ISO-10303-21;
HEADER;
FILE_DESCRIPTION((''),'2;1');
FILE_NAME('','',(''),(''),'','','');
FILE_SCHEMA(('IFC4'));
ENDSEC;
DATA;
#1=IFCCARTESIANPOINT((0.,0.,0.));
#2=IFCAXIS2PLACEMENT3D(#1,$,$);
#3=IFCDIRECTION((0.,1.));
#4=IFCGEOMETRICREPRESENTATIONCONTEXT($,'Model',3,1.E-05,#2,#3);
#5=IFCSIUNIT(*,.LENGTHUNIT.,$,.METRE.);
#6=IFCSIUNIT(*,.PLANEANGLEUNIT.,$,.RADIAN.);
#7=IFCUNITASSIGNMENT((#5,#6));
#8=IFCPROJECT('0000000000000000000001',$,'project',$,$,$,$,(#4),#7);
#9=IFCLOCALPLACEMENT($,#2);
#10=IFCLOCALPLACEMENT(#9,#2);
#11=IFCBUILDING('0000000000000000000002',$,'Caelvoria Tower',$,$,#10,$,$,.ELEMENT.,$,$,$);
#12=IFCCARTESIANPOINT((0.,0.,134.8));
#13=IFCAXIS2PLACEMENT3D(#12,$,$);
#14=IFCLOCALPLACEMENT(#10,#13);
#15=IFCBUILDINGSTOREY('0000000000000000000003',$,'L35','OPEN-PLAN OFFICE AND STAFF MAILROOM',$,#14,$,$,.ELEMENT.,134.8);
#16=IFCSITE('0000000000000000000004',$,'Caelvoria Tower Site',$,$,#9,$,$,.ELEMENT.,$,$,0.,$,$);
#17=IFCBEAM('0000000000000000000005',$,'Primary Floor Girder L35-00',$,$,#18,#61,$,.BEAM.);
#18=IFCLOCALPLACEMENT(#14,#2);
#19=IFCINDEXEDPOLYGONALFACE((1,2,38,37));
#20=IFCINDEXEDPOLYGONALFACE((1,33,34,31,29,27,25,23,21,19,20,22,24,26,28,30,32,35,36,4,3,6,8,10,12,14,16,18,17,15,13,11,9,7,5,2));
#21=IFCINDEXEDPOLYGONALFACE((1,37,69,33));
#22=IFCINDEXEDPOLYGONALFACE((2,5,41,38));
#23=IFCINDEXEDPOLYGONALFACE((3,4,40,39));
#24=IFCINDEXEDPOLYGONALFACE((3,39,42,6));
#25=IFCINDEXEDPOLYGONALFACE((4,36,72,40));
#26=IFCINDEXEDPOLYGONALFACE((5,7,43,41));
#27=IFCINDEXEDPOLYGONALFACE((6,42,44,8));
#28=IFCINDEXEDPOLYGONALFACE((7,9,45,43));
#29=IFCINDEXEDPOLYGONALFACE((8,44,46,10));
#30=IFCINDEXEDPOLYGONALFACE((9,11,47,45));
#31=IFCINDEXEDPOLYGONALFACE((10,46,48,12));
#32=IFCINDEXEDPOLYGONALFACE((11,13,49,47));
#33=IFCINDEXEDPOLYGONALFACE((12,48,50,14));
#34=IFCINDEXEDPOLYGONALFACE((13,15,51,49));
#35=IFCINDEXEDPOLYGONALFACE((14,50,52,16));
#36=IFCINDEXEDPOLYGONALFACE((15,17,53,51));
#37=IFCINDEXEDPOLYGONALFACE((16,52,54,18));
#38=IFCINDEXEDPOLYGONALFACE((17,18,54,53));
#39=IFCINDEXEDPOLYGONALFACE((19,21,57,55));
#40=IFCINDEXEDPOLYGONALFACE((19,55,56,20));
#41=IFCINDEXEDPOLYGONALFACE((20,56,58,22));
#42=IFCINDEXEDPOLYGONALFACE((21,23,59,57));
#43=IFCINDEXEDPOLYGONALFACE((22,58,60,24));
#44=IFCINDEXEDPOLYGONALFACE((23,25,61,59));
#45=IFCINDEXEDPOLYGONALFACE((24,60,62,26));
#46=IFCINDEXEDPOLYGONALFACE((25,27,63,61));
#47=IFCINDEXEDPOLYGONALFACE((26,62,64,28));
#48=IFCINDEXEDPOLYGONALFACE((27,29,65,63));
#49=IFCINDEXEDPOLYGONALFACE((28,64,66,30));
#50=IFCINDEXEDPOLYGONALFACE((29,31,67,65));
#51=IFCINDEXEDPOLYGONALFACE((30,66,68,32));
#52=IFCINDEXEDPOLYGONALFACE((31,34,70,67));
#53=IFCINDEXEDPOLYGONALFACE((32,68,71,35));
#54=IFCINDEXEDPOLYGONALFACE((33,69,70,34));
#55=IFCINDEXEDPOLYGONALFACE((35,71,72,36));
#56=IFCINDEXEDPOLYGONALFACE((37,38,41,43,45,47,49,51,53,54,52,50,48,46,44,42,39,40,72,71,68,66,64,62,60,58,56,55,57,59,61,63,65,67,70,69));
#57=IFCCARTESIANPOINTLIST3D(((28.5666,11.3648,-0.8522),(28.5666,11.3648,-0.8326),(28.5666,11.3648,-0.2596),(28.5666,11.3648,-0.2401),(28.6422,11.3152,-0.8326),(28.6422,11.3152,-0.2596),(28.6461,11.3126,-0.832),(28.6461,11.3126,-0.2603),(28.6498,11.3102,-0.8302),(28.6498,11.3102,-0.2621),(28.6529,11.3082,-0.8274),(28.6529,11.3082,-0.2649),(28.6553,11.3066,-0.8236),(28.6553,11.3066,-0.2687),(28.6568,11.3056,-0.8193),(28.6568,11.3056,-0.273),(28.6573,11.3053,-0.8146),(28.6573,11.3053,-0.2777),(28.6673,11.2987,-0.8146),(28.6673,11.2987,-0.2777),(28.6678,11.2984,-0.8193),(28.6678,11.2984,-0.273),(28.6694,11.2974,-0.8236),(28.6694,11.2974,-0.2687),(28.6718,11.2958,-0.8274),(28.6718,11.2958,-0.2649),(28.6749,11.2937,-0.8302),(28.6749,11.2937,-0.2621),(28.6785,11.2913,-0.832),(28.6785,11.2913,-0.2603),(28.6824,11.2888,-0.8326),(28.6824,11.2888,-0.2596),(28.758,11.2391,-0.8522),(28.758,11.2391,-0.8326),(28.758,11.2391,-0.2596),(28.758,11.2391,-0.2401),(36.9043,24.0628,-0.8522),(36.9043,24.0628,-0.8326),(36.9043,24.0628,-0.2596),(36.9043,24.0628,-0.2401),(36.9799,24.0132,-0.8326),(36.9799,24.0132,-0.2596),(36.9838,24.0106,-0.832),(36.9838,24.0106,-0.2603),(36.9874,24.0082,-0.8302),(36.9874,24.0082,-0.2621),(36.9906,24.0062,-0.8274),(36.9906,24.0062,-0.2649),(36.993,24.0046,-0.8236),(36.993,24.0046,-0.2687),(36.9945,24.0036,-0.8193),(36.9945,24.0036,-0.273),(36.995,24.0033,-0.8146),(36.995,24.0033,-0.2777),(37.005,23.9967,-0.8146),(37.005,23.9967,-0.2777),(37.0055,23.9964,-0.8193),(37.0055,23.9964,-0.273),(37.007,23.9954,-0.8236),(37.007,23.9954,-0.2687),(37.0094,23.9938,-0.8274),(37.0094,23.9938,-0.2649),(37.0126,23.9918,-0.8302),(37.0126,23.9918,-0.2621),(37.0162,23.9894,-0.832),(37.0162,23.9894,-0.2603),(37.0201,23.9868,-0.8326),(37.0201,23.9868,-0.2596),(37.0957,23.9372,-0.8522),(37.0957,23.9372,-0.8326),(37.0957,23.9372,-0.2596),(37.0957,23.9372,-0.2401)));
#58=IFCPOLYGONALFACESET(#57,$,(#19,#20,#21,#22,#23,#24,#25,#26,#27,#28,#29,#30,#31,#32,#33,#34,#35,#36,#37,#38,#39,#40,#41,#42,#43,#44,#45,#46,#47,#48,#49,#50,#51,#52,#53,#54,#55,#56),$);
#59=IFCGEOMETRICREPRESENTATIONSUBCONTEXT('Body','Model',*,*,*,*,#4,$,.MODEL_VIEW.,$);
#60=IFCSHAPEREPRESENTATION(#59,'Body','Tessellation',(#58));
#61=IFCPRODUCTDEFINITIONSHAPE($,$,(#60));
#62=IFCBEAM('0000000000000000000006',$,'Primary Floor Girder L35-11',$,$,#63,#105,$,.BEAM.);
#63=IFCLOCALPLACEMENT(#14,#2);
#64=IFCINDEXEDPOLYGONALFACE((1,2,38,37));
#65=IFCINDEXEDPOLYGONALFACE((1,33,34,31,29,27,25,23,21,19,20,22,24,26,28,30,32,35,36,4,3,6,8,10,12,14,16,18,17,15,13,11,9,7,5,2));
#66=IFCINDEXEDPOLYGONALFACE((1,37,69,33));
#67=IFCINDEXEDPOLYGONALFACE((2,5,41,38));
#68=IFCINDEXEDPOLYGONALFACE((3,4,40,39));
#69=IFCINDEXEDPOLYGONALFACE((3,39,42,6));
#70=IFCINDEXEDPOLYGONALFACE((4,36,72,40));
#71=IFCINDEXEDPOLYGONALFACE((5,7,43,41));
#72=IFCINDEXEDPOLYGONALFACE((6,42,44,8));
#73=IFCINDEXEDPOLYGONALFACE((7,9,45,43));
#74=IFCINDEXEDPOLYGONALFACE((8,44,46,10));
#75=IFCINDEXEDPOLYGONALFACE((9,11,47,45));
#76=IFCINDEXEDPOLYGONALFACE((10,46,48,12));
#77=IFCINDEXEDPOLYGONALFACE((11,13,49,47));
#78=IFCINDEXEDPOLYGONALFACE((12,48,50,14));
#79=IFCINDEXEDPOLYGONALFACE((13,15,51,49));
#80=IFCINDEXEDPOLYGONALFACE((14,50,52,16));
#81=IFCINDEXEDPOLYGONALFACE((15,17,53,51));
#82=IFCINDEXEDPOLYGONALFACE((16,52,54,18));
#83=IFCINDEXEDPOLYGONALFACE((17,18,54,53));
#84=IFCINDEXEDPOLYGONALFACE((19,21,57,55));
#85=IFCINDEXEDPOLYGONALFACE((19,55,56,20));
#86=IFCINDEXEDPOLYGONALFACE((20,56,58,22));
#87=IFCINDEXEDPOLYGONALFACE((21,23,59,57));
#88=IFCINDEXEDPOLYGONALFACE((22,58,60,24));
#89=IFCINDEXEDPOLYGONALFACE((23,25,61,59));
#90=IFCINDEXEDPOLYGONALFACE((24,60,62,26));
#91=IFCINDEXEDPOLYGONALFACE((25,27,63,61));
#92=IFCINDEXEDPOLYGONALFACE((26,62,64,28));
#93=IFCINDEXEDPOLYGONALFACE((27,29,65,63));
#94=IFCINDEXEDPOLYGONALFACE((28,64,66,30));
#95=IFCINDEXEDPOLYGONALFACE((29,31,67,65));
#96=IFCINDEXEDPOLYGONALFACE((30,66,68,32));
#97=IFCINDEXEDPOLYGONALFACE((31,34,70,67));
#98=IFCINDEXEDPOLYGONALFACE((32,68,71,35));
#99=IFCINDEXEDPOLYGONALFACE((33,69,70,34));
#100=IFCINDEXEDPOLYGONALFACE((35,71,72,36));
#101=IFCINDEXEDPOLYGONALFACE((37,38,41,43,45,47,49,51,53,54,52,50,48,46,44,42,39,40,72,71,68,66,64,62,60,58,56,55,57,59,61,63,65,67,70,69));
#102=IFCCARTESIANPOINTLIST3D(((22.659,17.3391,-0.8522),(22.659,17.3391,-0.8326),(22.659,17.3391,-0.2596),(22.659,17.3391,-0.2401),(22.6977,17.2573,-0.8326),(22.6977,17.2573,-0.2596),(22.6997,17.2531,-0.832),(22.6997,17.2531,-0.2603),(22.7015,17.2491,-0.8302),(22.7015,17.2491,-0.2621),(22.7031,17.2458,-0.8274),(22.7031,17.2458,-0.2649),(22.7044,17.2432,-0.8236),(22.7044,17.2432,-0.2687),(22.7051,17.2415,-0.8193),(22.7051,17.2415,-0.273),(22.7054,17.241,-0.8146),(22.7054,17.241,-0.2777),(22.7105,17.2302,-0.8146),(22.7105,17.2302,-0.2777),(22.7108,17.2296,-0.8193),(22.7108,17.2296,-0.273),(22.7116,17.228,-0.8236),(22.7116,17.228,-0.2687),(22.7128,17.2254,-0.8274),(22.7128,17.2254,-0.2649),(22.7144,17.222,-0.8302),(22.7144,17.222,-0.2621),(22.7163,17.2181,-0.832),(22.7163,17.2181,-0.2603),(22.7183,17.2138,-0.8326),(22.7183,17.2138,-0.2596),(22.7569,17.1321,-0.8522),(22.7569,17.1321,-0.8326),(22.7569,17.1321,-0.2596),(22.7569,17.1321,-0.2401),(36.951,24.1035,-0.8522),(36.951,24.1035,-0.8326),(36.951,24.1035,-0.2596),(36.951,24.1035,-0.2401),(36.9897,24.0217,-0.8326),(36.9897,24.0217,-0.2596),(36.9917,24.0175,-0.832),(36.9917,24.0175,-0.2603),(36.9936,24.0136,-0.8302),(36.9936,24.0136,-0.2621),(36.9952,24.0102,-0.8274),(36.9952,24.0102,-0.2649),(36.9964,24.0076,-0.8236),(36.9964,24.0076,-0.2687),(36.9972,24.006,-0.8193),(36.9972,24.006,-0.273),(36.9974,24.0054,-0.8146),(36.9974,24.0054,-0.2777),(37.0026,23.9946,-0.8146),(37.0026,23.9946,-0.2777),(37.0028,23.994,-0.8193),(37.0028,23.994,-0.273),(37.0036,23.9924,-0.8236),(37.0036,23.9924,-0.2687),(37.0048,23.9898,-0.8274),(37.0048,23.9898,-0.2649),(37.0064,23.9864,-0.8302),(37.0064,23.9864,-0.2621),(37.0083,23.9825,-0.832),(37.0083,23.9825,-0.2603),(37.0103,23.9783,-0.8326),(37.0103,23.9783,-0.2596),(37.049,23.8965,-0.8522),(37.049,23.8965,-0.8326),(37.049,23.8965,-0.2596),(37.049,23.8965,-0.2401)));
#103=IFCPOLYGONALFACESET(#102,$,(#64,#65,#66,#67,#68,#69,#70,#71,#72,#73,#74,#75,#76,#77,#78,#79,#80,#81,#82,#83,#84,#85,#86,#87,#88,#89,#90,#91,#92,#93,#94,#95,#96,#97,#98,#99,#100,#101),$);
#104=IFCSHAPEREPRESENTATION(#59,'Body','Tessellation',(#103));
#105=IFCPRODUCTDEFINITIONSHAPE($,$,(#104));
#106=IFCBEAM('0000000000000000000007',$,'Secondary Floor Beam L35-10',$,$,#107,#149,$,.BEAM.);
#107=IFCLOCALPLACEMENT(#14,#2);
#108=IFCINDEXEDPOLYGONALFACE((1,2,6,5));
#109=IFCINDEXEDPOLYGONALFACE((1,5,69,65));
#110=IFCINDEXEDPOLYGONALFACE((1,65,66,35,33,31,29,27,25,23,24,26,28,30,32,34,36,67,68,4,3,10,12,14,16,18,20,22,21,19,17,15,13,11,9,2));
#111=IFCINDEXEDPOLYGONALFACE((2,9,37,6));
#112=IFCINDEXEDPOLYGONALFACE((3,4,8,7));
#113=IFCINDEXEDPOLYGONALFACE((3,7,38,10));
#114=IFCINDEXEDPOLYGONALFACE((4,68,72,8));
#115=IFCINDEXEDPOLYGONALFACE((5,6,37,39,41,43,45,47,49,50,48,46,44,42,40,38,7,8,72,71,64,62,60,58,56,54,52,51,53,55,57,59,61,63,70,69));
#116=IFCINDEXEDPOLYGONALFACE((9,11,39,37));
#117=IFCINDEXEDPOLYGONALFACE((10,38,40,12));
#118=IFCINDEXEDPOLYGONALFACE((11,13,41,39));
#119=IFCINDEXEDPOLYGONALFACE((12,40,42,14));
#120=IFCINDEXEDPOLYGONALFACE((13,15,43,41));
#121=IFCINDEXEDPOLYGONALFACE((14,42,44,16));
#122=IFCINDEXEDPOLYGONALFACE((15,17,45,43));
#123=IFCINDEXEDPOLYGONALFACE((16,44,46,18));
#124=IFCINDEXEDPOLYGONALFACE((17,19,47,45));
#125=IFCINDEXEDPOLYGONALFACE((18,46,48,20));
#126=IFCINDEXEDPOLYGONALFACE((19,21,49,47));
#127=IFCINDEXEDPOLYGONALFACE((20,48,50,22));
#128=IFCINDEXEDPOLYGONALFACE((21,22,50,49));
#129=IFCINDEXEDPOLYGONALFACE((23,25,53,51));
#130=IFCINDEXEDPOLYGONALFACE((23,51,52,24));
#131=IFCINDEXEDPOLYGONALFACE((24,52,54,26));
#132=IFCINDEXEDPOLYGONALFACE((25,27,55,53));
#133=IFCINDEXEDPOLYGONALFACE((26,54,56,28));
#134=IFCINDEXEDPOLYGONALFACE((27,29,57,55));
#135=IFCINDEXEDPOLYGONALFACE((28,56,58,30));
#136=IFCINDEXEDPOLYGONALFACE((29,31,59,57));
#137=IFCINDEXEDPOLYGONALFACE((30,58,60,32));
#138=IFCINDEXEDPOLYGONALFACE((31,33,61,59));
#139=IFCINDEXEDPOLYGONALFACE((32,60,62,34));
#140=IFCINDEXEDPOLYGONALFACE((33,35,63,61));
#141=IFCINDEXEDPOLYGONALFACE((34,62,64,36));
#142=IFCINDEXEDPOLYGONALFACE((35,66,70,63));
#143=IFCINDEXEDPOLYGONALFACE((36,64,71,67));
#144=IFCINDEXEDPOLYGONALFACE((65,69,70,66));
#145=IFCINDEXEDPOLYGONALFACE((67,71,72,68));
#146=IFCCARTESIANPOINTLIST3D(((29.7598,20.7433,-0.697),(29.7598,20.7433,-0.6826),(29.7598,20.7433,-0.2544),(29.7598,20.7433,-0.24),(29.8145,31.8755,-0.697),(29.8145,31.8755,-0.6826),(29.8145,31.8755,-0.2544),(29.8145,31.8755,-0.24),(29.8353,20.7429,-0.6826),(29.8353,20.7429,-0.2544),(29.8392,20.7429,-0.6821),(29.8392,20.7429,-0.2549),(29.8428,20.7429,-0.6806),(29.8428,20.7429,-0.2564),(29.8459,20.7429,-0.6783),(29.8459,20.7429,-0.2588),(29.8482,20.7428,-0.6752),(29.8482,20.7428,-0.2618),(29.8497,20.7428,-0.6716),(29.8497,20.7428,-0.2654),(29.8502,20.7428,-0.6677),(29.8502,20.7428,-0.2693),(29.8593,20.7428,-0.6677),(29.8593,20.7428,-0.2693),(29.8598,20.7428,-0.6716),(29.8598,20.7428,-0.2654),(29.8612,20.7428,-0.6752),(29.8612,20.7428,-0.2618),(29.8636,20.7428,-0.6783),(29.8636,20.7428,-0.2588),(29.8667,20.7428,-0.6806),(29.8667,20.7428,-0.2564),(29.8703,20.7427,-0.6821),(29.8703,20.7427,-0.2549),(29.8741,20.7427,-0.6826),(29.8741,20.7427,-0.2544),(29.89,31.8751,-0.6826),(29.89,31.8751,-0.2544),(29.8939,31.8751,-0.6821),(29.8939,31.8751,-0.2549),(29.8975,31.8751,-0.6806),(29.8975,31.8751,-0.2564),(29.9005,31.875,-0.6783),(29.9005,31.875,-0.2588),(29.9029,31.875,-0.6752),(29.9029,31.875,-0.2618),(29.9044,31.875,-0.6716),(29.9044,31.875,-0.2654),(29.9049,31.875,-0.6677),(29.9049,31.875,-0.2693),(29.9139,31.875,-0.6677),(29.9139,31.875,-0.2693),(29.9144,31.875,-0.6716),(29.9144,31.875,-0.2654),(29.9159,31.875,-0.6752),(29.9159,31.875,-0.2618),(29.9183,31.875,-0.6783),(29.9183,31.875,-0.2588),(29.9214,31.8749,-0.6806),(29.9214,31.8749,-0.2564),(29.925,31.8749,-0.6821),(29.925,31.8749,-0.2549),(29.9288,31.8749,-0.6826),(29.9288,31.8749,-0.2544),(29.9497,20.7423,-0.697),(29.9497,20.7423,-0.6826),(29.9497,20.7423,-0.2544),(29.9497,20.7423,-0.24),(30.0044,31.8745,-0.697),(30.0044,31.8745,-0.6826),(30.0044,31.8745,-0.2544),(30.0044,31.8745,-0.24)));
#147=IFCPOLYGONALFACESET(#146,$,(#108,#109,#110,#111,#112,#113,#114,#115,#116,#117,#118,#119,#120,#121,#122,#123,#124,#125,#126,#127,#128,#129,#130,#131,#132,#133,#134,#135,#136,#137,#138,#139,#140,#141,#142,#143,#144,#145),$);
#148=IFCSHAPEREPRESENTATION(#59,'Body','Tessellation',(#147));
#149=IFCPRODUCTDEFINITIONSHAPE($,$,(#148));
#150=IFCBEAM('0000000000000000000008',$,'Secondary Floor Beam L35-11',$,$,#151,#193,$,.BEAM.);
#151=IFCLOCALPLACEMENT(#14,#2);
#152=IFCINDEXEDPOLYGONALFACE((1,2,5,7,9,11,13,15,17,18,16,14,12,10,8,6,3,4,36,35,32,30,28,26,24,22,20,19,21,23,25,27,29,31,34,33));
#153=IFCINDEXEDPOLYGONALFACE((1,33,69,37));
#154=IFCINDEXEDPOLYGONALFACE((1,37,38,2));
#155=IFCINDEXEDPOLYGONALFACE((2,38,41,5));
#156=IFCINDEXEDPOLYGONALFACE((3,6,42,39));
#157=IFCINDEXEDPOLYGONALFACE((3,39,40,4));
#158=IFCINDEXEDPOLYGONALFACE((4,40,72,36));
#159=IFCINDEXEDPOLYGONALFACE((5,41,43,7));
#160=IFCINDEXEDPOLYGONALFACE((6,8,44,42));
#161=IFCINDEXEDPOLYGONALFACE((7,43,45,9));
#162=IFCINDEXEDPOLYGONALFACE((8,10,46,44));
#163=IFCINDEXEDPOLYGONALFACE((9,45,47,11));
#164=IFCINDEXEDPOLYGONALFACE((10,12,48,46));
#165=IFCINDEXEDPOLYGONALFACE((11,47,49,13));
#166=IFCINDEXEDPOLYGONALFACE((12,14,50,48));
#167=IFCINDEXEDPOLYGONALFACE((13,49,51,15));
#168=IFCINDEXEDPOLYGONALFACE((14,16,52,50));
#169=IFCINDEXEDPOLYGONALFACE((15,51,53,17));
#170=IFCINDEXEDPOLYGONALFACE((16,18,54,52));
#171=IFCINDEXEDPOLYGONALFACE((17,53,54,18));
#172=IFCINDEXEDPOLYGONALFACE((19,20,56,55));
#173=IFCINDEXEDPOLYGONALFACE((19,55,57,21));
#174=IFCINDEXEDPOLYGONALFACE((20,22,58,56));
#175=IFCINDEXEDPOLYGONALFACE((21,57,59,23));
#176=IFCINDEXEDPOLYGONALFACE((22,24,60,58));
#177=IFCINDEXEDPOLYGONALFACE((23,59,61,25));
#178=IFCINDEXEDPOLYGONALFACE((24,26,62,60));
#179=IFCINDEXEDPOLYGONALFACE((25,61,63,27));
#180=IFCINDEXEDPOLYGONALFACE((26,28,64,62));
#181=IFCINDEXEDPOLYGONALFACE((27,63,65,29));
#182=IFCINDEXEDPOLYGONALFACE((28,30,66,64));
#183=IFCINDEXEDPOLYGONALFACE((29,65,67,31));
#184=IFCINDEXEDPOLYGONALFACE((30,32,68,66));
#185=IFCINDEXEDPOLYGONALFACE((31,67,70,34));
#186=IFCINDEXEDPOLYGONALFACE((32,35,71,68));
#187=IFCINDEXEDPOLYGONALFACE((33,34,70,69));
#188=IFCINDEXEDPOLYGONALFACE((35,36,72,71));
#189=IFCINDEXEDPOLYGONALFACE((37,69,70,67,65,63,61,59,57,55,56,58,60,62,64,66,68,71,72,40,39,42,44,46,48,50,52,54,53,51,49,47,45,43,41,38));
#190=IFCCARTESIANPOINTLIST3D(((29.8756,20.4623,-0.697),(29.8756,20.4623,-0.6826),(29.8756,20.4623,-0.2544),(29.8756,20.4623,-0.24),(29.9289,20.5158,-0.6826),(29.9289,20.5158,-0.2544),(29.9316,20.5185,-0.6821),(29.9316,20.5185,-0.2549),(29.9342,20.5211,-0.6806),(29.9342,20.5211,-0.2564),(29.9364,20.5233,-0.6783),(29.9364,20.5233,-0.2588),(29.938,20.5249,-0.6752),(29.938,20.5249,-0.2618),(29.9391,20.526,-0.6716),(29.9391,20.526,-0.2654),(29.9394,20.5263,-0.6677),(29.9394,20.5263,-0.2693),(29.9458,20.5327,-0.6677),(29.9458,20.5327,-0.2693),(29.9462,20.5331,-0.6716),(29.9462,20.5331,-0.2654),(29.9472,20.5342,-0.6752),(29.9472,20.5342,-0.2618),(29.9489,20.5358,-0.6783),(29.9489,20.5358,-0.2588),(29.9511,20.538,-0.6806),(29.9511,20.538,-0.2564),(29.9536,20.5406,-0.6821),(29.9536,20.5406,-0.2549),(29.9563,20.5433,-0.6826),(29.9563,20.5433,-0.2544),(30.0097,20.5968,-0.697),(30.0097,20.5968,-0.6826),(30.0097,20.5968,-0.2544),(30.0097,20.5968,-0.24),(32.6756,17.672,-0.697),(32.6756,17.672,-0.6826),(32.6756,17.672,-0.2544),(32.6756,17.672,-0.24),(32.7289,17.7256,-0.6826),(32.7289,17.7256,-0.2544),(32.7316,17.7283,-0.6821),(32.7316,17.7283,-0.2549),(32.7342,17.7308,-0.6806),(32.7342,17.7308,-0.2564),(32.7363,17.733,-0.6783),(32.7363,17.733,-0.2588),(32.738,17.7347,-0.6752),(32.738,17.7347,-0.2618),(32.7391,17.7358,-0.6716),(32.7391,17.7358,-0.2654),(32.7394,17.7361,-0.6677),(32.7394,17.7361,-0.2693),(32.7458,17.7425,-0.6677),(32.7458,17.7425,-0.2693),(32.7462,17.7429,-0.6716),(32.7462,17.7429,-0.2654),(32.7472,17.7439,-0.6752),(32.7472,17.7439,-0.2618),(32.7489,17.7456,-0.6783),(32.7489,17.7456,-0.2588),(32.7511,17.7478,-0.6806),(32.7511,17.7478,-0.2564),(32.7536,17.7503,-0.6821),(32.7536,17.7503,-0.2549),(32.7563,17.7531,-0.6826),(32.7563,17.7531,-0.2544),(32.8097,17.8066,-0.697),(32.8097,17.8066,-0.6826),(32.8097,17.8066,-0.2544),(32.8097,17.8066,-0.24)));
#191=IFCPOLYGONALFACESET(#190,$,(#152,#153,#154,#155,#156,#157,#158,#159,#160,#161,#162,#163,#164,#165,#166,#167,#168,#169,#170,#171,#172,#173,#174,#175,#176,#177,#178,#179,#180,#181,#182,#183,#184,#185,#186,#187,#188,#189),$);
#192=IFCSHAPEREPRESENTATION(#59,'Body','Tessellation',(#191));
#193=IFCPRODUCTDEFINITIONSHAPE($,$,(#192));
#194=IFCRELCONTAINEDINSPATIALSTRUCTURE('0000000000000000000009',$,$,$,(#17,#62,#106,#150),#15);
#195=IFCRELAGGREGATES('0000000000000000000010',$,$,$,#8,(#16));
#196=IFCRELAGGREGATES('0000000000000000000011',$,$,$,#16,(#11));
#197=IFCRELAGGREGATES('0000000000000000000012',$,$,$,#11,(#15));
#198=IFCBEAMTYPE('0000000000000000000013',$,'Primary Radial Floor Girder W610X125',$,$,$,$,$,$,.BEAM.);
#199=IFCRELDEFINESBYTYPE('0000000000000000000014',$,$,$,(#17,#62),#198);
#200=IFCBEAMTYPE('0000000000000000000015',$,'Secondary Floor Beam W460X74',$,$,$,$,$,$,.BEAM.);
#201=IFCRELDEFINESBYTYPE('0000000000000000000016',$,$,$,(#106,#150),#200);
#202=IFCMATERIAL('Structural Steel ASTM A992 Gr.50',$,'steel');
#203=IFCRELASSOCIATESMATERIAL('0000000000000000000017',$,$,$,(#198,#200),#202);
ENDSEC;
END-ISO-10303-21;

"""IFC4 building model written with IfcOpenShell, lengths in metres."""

from ifc_helpers import new_model, si_unit, direction, frame, origin, origin_2d, place, context, subcontext, project, spatial, i_section, extrude, material, material_profile, profile_set, type_object, element, save


model = new_model("IFC4")

# Units and contexts
model_context = context("Model", 3, precision=1e-05, world=origin(), true_north=direction((0.0, 1.0)))
body_context = subcontext(model_context, "Body", "Model", "MODEL_VIEW")
ifc_project = project(units=[si_unit("LENGTHUNIT", "METRE"), si_unit("PLANEANGLEUNIT", "RADIAN")], contexts=[model_context])

# Site, building, storey
site_placement = place(None, origin())
site = spatial("IfcSite", under=ifc_project, at=site_placement, Name="Caelvoria Tower Site", CompositionType="ELEMENT", RefElevation=0.0)
building_placement = place(site_placement, origin())
building = spatial("IfcBuilding", under=site, at=building_placement, Name="Caelvoria Tower", CompositionType="ELEMENT")
storey_placement = place(building_placement, frame((0.0, 0.0, 134.8)))
storey = spatial("IfcBuildingStorey", under=building, at=storey_placement, Name="L35", Description="OPEN-PLAN OFFICE AND STAFF MAILROOM", CompositionType="ELEMENT", Elevation=134.8)

# Beams
ifc_material_1 = material(Name="Structural Steel ASTM A992 Gr.50", Category="steel")
ifc_material_profile_1 = material_profile(ifc_material_1, i_section(OverallWidth=0.229, OverallDepth=0.6121, WebThickness=0.012, FlangeThickness=0.0195, FilletRadius=0.0181, at=origin_2d()), Name="Structural Steel ASTM A992 Gr.50")
ifc_profile_set_1 = profile_set([ifc_material_profile_1], Name="W610X125 - Structural Steel ASTM A992 Gr.50")
beam_type_1 = type_object("IfcBeamType", Name="Primary Radial Floor Girder W610X125", PredefinedType="BEAM", material=ifc_profile_set_1)
beam_1_placement = place(storey_placement, frame((37.0, 24.0, -0.5461), z_axis=(-0.548867, -0.835909, 0.0), x_axis=(0.835909, -0.548867, 0.0)))
element("IfcBeam", 1, at=beam_1_placement, inside=storey, type_object=beam_type_1, Name="Primary Floor Girder L35-00", PredefinedType="BEAM", context=body_context, shape_type="SweptSolid", body=[
    extrude(i_section(OverallWidth=0.229, OverallDepth=0.6121, WebThickness=0.012, FlangeThickness=0.0195, FilletRadius=0.0181, at=origin_2d()), origin(), (0.0, 0.0, 1.0), 15.1907),
])
beam_2_placement = place(storey_placement, frame((37.0, 24.0, -0.5461), z_axis=(-0.903872, -0.427803, 0.0), x_axis=(0.427803, -0.903872, 0.0)))
element("IfcBeam", 2, at=beam_2_placement, inside=storey, type_object=beam_type_1, Name="Primary Floor Girder L35-11", PredefinedType="BEAM", context=body_context, shape_type="SweptSolid", body=[
    extrude(i_section(OverallWidth=0.229, OverallDepth=0.6121, WebThickness=0.012, FlangeThickness=0.0195, FilletRadius=0.0181, at=origin_2d()), origin(), (0.0, 0.0, 1.0), 15.812),
])
ifc_material_profile_2 = material_profile(ifc_material_1, i_section(OverallWidth=0.1899, OverallDepth=0.457, WebThickness=0.009, FlangeThickness=0.0144, FilletRadius=0.0149, at=origin_2d()), Name="Structural Steel ASTM A992 Gr.50")
ifc_profile_set_2 = profile_set([ifc_material_profile_2], Name="W460X74 - Structural Steel ASTM A992 Gr.50")
beam_type_2 = type_object("IfcBeamType", Name="Secondary Floor Beam W460X74", PredefinedType="BEAM", material=ifc_profile_set_2)
beam_3_placement = place(storey_placement, frame((29.9094, 31.875, -0.4685), z_axis=(-0.004913, -0.999988, 0.0), x_axis=(0.999988, -0.004913, 0.0)))
element("IfcBeam", 3, at=beam_3_placement, inside=storey, type_object=beam_type_2, Name="Secondary Floor Beam L35-10", PredefinedType="BEAM", context=body_context, shape_type="SweptSolid", body=[
    extrude(i_section(OverallWidth=0.1899, OverallDepth=0.457, WebThickness=0.009, FlangeThickness=0.0144, FilletRadius=0.0149, at=origin_2d()), origin(), (0.0, 0.0, 1.0), 11.1323),
])
beam_4_placement = place(storey_placement, frame((29.9426, 20.5295, -0.4685), z_axis=(0.708341, -0.70587, 0.0), x_axis=(0.70587, 0.708341, 0.0)))
element("IfcBeam", 4, at=beam_4_placement, inside=storey, type_object=beam_type_2, Name="Secondary Floor Beam L35-11", PredefinedType="BEAM", context=body_context, shape_type="SweptSolid", body=[
    extrude(i_section(OverallWidth=0.1899, OverallDepth=0.457, WebThickness=0.009, FlangeThickness=0.0144, FilletRadius=0.0149, at=origin_2d()), origin(), (0.0, 0.0, 1.0), 3.9529),
])

save(model, "model.ifc")
